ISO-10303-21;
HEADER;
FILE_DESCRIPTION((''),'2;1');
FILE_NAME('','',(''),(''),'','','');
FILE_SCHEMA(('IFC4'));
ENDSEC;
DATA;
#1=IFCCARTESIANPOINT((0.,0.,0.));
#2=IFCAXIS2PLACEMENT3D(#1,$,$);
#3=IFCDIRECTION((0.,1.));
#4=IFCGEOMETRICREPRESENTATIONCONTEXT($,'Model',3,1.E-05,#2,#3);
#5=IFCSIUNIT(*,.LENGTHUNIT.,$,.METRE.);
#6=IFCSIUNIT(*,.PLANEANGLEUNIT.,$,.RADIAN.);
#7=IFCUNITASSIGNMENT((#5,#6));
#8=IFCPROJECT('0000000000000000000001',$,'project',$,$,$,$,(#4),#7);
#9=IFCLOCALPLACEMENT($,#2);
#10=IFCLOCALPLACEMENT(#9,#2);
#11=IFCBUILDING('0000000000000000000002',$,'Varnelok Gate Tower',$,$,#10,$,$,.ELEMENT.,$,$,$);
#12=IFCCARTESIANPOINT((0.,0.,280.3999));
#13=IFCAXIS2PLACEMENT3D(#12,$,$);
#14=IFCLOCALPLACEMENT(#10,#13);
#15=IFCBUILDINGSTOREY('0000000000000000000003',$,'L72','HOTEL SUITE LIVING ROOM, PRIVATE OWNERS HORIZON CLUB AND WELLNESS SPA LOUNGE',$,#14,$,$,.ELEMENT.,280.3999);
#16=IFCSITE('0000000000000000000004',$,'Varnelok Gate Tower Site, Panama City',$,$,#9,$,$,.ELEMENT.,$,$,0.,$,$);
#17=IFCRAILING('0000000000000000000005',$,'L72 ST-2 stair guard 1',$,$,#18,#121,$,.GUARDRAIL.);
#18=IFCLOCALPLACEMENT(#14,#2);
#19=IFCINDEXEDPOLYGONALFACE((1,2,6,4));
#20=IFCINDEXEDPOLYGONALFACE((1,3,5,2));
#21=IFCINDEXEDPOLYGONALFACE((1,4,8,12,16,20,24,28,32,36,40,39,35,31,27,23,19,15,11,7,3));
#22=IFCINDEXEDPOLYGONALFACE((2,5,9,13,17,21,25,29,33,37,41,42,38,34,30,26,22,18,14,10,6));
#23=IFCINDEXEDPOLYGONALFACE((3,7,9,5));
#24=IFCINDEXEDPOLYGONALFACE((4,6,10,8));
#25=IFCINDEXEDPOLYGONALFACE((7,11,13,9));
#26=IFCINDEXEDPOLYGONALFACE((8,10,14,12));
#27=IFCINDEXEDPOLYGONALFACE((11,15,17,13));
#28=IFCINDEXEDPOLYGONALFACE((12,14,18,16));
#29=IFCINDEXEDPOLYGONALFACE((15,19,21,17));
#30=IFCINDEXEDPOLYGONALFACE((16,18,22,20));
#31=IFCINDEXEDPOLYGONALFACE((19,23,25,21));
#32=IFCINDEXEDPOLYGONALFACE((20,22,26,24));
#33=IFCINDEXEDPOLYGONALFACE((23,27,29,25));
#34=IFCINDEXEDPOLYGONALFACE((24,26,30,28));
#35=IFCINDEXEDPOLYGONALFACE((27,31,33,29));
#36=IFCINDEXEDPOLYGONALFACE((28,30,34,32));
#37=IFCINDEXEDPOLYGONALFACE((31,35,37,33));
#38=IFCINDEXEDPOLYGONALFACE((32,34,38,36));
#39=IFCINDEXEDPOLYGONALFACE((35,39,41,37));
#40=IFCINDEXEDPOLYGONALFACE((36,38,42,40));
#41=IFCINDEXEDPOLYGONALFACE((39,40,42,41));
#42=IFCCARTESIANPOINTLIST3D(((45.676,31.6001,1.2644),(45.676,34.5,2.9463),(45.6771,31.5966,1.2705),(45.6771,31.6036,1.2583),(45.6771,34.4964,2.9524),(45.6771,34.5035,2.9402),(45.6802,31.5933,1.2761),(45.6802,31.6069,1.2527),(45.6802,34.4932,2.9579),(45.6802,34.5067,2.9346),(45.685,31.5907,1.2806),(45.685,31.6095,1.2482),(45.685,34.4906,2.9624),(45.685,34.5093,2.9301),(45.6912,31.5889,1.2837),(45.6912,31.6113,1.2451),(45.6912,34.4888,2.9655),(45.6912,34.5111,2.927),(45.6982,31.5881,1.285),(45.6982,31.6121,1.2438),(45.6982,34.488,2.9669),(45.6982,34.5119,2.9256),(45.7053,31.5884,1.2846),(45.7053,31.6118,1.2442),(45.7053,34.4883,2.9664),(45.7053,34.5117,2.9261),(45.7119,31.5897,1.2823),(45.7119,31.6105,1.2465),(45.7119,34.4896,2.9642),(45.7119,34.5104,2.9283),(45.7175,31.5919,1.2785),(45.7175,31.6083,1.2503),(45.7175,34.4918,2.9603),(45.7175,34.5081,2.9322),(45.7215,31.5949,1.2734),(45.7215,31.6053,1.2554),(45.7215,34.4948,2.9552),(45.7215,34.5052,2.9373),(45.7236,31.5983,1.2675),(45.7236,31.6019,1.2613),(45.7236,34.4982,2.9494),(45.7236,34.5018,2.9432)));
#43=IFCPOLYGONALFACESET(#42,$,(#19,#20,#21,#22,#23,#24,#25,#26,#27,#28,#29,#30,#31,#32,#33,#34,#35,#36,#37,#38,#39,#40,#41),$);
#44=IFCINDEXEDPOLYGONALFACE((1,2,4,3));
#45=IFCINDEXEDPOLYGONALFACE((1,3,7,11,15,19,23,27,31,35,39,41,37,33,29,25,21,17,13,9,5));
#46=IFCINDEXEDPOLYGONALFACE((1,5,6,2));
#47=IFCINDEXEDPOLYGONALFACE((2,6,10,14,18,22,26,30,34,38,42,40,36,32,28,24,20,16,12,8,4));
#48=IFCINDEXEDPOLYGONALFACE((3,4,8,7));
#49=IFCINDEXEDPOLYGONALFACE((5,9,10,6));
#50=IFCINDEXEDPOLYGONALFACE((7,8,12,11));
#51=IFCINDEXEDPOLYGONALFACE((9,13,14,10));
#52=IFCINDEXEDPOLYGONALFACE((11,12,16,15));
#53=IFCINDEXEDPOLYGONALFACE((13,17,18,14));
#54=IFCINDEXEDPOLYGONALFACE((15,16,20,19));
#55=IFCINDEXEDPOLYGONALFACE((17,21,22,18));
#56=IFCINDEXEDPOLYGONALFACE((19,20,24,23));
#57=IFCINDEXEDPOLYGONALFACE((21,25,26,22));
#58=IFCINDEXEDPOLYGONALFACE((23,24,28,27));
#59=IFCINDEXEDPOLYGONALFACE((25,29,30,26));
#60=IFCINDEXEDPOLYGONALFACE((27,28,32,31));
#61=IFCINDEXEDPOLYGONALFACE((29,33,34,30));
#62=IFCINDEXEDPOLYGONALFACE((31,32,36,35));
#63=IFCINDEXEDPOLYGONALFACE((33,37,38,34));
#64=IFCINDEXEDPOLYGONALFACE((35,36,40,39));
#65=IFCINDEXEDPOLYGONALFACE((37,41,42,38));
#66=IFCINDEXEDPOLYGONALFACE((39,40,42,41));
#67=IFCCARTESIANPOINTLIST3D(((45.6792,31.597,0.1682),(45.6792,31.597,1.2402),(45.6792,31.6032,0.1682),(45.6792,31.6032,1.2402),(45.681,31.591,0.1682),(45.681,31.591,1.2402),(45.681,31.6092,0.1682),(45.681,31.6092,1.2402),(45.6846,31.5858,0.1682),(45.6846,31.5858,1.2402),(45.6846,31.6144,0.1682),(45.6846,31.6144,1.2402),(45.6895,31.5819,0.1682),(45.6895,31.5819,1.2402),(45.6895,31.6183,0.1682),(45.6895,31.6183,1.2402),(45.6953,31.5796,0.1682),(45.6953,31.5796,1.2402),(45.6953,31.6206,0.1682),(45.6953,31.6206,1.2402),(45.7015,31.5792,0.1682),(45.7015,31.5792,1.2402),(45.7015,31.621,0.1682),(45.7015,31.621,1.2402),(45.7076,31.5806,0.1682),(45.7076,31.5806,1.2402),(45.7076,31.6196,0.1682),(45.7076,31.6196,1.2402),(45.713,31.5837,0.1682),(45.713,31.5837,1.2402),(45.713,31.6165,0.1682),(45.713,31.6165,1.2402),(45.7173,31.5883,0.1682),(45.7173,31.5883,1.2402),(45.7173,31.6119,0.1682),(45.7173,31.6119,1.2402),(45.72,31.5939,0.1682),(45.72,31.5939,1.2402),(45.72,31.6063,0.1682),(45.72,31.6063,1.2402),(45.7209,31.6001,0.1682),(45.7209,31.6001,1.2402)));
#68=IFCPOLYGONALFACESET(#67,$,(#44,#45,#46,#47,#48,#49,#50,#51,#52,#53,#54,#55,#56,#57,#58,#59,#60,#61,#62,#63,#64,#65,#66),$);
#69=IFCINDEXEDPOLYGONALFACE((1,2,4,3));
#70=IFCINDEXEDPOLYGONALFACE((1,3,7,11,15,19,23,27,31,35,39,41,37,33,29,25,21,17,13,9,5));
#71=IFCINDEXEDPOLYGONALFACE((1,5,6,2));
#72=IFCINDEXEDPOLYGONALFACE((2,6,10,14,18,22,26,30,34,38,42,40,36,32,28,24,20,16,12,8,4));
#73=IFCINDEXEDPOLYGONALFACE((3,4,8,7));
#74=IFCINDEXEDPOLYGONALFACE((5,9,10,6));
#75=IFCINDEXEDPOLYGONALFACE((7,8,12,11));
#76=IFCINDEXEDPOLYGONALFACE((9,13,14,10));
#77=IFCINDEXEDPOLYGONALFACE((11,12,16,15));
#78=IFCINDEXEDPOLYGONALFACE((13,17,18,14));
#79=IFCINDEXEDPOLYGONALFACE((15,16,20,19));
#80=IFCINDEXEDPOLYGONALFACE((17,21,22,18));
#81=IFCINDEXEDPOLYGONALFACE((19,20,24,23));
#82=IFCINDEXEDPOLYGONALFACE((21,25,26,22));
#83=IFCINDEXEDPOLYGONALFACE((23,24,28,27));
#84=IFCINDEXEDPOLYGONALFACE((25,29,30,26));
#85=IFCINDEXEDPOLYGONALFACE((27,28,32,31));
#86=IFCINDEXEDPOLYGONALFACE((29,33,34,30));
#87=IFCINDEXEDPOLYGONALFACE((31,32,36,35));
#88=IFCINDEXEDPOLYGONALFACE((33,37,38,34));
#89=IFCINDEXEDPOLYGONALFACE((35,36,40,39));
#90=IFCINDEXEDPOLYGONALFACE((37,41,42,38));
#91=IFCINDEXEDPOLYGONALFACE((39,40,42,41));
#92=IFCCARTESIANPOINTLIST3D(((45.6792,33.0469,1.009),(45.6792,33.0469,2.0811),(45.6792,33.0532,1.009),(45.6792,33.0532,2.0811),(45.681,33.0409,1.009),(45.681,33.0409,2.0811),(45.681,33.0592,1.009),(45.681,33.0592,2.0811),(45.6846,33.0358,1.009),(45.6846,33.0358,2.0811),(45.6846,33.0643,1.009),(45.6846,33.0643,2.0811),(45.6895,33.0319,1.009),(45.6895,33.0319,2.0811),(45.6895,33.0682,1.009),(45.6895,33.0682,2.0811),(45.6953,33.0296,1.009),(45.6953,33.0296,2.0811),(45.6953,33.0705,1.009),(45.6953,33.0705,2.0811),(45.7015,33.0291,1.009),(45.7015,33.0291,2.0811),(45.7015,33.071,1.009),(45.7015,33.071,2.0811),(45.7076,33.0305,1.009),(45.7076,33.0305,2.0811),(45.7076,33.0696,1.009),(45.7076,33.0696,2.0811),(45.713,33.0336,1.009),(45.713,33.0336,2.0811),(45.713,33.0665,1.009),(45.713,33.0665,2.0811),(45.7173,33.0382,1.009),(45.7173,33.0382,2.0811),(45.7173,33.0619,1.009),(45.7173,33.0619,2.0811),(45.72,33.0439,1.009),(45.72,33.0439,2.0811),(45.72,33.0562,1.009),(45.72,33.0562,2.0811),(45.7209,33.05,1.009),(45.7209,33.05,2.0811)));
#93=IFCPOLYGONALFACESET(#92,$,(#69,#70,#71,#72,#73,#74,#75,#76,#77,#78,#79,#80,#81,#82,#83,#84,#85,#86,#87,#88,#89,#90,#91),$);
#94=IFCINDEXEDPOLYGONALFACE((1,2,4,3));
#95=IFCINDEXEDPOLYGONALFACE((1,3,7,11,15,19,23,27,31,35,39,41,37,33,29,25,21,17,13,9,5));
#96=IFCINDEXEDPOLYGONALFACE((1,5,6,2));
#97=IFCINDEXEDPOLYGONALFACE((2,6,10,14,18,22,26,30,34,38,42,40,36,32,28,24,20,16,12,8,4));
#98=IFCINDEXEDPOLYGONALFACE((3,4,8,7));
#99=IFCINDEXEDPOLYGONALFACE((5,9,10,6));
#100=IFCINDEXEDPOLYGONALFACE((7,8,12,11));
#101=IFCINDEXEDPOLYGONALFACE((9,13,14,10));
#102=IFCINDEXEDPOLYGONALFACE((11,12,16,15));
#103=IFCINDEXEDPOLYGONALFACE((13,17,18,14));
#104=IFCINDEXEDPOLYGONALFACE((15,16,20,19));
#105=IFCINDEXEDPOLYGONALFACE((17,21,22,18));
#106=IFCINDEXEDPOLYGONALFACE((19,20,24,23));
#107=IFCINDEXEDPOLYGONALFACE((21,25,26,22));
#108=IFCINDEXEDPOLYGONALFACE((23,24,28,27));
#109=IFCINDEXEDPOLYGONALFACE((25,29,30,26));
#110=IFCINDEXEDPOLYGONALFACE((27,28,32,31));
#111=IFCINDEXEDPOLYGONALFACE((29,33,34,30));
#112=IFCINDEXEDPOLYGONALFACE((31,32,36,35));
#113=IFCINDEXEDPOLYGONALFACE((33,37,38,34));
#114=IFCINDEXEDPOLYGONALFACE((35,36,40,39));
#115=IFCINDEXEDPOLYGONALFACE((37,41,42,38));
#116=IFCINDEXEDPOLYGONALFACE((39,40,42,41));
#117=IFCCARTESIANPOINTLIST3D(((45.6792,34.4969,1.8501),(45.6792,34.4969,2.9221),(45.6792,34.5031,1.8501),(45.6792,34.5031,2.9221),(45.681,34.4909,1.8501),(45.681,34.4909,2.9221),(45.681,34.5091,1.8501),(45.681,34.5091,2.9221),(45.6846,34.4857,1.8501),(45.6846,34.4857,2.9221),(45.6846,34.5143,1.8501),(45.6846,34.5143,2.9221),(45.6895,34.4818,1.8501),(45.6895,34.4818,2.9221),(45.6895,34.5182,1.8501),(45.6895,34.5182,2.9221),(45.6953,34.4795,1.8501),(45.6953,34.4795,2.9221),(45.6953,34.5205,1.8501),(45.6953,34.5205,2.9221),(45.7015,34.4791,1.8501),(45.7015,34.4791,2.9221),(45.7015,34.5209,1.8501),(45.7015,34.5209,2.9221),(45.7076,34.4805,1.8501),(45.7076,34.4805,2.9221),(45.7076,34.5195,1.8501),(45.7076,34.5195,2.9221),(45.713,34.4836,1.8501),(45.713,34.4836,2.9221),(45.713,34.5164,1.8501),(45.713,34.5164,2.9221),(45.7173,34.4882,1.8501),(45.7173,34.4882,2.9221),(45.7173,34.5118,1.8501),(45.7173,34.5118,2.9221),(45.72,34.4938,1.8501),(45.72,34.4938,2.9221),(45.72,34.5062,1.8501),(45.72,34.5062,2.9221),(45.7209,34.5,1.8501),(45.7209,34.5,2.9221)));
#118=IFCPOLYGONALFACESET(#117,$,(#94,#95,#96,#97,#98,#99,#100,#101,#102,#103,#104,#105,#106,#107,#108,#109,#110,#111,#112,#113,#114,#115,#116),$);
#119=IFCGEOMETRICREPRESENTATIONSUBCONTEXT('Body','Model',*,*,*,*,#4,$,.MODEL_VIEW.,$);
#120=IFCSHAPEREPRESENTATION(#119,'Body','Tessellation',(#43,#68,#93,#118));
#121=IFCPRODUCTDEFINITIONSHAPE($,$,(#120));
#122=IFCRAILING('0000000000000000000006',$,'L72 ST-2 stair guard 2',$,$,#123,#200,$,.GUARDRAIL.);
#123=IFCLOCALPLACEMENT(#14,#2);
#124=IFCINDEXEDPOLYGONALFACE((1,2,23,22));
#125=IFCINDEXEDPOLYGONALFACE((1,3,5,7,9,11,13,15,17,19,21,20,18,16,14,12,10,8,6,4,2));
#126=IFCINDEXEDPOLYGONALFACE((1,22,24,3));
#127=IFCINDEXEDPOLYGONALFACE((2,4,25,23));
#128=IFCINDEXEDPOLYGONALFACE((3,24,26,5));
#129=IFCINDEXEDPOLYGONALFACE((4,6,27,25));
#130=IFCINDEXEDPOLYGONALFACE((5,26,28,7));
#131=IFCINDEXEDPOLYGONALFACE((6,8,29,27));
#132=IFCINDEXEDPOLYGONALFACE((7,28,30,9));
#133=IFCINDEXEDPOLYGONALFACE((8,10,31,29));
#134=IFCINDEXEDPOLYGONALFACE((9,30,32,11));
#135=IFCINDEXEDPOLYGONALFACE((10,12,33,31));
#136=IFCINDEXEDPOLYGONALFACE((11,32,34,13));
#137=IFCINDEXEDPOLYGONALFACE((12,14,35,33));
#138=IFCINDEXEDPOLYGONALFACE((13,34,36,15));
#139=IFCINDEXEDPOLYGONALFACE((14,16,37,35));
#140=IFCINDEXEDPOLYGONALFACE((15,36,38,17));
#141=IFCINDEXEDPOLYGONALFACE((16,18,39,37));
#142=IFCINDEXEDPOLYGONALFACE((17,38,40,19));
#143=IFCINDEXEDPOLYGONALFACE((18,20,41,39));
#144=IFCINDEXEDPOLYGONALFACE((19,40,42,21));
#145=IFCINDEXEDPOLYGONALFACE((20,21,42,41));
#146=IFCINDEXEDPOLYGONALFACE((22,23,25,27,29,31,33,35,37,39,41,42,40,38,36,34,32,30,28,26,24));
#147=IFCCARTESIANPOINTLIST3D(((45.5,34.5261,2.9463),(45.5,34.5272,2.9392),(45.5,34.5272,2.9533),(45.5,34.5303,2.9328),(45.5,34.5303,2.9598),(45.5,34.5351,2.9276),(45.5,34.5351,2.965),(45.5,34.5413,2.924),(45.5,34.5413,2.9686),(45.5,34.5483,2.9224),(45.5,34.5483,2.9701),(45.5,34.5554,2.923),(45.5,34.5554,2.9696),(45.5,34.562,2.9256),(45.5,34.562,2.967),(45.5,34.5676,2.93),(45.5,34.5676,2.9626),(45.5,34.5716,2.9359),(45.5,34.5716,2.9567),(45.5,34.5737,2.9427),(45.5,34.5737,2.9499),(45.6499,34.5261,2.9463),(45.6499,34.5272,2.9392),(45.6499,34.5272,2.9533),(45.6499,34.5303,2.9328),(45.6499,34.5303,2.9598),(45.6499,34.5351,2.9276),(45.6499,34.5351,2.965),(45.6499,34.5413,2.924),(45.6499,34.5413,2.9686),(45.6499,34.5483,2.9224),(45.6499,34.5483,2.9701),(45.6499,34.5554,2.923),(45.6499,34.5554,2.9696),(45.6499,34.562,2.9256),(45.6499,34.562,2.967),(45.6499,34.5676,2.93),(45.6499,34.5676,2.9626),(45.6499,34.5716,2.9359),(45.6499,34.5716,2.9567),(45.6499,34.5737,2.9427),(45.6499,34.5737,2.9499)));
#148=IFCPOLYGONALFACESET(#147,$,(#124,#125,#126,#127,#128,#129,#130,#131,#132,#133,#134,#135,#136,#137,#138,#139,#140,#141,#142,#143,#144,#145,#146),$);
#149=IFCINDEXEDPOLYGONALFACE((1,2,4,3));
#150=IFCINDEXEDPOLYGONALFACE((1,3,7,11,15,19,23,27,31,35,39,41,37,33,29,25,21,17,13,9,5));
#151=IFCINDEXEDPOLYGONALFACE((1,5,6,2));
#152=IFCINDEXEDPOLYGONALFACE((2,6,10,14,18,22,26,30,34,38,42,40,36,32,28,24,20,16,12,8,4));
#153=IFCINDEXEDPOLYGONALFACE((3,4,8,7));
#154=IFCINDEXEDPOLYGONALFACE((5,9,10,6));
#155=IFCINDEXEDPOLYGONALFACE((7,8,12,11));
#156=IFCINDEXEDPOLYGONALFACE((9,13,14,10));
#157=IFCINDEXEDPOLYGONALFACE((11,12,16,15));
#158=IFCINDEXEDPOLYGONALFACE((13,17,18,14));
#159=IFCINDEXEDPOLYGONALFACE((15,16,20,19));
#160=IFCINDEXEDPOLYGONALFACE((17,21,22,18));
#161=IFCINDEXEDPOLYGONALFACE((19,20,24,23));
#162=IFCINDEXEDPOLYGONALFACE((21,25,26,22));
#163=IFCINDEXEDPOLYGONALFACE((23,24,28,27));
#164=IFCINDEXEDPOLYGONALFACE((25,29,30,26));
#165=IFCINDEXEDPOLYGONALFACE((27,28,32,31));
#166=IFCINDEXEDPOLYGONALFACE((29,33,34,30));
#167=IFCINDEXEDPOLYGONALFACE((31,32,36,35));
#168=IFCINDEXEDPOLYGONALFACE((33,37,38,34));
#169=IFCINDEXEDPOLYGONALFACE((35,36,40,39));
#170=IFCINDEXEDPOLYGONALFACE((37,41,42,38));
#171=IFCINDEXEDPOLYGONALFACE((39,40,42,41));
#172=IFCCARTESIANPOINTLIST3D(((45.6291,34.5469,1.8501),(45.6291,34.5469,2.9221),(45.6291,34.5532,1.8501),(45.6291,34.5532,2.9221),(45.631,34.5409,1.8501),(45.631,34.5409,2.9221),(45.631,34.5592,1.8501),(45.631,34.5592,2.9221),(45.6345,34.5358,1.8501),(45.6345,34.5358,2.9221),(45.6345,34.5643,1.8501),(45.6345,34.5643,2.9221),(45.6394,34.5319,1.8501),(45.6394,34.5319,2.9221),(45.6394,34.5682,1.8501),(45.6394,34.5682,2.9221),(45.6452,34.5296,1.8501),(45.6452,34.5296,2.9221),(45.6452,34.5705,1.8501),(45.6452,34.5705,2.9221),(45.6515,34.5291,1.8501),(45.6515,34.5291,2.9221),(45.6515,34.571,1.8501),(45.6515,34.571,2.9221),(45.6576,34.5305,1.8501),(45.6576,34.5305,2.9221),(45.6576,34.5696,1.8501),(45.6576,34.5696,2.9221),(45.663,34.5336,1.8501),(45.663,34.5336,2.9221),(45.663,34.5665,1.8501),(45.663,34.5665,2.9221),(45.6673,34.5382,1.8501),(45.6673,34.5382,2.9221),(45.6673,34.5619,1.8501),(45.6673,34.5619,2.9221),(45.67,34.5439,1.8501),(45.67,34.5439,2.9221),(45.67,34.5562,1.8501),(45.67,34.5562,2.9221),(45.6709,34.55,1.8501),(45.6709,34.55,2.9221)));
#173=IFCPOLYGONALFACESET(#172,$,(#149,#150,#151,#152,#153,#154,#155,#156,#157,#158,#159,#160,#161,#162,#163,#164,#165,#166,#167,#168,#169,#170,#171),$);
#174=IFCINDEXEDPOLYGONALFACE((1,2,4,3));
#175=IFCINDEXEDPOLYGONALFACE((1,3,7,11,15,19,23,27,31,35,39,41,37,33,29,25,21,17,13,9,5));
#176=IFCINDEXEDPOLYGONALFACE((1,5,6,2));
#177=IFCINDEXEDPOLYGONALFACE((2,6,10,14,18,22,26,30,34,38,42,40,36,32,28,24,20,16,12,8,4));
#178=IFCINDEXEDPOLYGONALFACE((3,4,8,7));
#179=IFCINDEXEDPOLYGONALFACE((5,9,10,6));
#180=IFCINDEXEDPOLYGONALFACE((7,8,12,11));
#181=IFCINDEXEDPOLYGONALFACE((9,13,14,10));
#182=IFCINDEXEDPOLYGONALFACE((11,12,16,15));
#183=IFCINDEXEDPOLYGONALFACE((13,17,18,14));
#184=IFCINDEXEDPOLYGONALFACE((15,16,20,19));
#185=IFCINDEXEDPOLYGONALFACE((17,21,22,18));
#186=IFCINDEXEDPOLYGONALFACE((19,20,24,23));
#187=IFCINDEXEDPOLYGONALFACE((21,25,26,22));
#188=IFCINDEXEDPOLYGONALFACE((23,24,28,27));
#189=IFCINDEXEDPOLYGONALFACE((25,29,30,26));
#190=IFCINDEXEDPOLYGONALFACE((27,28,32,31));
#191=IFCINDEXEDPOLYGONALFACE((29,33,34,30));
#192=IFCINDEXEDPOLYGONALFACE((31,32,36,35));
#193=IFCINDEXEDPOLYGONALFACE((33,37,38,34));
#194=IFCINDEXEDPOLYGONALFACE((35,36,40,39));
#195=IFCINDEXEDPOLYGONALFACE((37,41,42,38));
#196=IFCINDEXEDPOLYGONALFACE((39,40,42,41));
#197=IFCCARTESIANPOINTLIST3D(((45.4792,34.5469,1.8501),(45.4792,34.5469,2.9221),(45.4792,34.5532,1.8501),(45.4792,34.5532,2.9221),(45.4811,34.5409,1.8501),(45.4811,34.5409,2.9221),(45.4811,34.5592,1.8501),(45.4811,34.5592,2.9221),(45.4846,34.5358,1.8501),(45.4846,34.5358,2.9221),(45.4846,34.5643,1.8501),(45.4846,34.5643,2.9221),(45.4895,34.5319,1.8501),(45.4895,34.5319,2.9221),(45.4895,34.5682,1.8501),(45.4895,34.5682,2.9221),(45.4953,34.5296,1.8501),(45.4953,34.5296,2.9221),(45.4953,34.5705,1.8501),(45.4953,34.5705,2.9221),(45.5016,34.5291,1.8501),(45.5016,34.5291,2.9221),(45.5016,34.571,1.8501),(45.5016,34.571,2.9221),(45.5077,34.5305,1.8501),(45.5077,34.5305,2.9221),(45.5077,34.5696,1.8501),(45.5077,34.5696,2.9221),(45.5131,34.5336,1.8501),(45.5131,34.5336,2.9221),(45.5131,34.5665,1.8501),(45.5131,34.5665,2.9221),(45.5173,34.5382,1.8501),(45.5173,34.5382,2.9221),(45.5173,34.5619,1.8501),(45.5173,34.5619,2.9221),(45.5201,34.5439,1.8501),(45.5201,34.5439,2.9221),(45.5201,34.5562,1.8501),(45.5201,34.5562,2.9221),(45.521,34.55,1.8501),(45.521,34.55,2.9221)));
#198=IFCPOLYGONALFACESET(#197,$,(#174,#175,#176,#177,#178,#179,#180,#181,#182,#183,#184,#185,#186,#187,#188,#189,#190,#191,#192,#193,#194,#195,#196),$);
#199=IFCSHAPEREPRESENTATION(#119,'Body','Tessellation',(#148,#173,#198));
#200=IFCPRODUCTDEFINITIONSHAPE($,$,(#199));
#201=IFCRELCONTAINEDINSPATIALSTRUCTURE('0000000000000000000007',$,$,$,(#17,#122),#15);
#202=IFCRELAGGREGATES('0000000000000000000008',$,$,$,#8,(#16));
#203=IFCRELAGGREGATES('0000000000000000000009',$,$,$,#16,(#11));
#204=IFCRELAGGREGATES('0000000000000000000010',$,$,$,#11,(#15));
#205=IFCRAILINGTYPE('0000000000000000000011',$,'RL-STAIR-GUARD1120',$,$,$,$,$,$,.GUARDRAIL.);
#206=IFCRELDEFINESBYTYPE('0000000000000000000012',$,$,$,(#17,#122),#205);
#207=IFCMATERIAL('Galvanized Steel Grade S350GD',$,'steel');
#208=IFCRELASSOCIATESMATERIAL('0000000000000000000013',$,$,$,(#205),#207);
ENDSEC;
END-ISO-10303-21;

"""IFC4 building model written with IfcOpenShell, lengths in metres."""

from ifc_helpers import new_model, si_unit, direction, frame, origin, origin_2d, place, context, subcontext, project, spatial, circle, extrude, material, type_object, element, save


model = new_model("IFC4")

# Units and contexts
model_context = context("Model", 3, precision=1e-05, world=origin(), true_north=direction((0.0, 1.0)))
body_context = subcontext(model_context, "Body", "Model", "MODEL_VIEW")
ifc_project = project(units=[si_unit("LENGTHUNIT", "METRE"), si_unit("PLANEANGLEUNIT", "RADIAN")], contexts=[model_context])

# Site, building, storey
site_placement = place(None, origin())
site = spatial("IfcSite", under=ifc_project, at=site_placement, Name="Varnelok Gate Tower Site, Panama City", CompositionType="ELEMENT", RefElevation=0.0)
building_placement = place(site_placement, origin())
building = spatial("IfcBuilding", under=site, at=building_placement, Name="Varnelok Gate Tower", CompositionType="ELEMENT")
storey_placement = place(building_placement, frame((0.0, 0.0, 280.3999)))
storey = spatial("IfcBuildingStorey", under=building, at=storey_placement, Name="L72", Description="HOTEL SUITE LIVING ROOM, PRIVATE OWNERS HORIZON CLUB AND WELLNESS SPA LOUNGE", CompositionType="ELEMENT", Elevation=280.3999)

# Shared definitions
ifc_material_1 = material(Name="Galvanized Steel Grade S350GD", Category="steel")

# Railings
railing_type_1 = type_object("IfcRailingType", Name="RL-STAIR-GUARD1120", PredefinedType="GUARDRAIL", material=ifc_material_1)
railing_1_placement = place(storey_placement, frame((45.7, 31.6001, 0.1682)))
element("IfcRailing", 1, at=railing_1_placement, inside=storey, type_object=railing_type_1, Name="L72 ST-2 stair guard 1", PredefinedType="GUARDRAIL", context=body_context, shape_type="SweptSolid", body=[
    extrude(circle(Radius=0.0239, at=origin_2d()), frame((0.0, 0.0, 1.0962), z_axis=(0.0, 0.865039, 0.501705), x_axis=(-1.0, 0.0, 0.0)), (0.0, 0.0, 1.0), 3.3523),
    extrude(circle(Radius=0.021, at=origin_2d()), origin(), (0.0, 0.0, 1.0), 1.072),
    extrude(circle(Radius=0.021, at=origin_2d()), frame((0.0, 1.45, 0.8408)), (0.0, 0.0, 1.0), 1.072),
    extrude(circle(Radius=0.021, at=origin_2d()), frame((0.0, 2.8999, 1.6819)), (0.0, 0.0, 1.0), 1.072),
])
railing_2_placement = place(storey_placement, frame((45.6499, 34.55, 1.8501)))
element("IfcRailing", 2, at=railing_2_placement, inside=storey, type_object=railing_type_1, Name="L72 ST-2 stair guard 2", PredefinedType="GUARDRAIL", context=body_context, shape_type="SweptSolid", body=[
    extrude(circle(Radius=0.0239, at=origin_2d()), frame((0.0, 0.0, 1.0962), z_axis=(-1.0, 0.0, 0.0), x_axis=(0.0, -1.0, 0.0)), (0.0, 0.0, 1.0), 0.1499),
    extrude(circle(Radius=0.021, at=origin_2d()), origin(), (0.0, 0.0, 1.0), 1.072),
    extrude(circle(Radius=0.021, at=origin_2d()), frame((-0.1499, 0.0, 0.0)), (0.0, 0.0, 1.0), 1.072),
])

save(model, "model.ifc")
